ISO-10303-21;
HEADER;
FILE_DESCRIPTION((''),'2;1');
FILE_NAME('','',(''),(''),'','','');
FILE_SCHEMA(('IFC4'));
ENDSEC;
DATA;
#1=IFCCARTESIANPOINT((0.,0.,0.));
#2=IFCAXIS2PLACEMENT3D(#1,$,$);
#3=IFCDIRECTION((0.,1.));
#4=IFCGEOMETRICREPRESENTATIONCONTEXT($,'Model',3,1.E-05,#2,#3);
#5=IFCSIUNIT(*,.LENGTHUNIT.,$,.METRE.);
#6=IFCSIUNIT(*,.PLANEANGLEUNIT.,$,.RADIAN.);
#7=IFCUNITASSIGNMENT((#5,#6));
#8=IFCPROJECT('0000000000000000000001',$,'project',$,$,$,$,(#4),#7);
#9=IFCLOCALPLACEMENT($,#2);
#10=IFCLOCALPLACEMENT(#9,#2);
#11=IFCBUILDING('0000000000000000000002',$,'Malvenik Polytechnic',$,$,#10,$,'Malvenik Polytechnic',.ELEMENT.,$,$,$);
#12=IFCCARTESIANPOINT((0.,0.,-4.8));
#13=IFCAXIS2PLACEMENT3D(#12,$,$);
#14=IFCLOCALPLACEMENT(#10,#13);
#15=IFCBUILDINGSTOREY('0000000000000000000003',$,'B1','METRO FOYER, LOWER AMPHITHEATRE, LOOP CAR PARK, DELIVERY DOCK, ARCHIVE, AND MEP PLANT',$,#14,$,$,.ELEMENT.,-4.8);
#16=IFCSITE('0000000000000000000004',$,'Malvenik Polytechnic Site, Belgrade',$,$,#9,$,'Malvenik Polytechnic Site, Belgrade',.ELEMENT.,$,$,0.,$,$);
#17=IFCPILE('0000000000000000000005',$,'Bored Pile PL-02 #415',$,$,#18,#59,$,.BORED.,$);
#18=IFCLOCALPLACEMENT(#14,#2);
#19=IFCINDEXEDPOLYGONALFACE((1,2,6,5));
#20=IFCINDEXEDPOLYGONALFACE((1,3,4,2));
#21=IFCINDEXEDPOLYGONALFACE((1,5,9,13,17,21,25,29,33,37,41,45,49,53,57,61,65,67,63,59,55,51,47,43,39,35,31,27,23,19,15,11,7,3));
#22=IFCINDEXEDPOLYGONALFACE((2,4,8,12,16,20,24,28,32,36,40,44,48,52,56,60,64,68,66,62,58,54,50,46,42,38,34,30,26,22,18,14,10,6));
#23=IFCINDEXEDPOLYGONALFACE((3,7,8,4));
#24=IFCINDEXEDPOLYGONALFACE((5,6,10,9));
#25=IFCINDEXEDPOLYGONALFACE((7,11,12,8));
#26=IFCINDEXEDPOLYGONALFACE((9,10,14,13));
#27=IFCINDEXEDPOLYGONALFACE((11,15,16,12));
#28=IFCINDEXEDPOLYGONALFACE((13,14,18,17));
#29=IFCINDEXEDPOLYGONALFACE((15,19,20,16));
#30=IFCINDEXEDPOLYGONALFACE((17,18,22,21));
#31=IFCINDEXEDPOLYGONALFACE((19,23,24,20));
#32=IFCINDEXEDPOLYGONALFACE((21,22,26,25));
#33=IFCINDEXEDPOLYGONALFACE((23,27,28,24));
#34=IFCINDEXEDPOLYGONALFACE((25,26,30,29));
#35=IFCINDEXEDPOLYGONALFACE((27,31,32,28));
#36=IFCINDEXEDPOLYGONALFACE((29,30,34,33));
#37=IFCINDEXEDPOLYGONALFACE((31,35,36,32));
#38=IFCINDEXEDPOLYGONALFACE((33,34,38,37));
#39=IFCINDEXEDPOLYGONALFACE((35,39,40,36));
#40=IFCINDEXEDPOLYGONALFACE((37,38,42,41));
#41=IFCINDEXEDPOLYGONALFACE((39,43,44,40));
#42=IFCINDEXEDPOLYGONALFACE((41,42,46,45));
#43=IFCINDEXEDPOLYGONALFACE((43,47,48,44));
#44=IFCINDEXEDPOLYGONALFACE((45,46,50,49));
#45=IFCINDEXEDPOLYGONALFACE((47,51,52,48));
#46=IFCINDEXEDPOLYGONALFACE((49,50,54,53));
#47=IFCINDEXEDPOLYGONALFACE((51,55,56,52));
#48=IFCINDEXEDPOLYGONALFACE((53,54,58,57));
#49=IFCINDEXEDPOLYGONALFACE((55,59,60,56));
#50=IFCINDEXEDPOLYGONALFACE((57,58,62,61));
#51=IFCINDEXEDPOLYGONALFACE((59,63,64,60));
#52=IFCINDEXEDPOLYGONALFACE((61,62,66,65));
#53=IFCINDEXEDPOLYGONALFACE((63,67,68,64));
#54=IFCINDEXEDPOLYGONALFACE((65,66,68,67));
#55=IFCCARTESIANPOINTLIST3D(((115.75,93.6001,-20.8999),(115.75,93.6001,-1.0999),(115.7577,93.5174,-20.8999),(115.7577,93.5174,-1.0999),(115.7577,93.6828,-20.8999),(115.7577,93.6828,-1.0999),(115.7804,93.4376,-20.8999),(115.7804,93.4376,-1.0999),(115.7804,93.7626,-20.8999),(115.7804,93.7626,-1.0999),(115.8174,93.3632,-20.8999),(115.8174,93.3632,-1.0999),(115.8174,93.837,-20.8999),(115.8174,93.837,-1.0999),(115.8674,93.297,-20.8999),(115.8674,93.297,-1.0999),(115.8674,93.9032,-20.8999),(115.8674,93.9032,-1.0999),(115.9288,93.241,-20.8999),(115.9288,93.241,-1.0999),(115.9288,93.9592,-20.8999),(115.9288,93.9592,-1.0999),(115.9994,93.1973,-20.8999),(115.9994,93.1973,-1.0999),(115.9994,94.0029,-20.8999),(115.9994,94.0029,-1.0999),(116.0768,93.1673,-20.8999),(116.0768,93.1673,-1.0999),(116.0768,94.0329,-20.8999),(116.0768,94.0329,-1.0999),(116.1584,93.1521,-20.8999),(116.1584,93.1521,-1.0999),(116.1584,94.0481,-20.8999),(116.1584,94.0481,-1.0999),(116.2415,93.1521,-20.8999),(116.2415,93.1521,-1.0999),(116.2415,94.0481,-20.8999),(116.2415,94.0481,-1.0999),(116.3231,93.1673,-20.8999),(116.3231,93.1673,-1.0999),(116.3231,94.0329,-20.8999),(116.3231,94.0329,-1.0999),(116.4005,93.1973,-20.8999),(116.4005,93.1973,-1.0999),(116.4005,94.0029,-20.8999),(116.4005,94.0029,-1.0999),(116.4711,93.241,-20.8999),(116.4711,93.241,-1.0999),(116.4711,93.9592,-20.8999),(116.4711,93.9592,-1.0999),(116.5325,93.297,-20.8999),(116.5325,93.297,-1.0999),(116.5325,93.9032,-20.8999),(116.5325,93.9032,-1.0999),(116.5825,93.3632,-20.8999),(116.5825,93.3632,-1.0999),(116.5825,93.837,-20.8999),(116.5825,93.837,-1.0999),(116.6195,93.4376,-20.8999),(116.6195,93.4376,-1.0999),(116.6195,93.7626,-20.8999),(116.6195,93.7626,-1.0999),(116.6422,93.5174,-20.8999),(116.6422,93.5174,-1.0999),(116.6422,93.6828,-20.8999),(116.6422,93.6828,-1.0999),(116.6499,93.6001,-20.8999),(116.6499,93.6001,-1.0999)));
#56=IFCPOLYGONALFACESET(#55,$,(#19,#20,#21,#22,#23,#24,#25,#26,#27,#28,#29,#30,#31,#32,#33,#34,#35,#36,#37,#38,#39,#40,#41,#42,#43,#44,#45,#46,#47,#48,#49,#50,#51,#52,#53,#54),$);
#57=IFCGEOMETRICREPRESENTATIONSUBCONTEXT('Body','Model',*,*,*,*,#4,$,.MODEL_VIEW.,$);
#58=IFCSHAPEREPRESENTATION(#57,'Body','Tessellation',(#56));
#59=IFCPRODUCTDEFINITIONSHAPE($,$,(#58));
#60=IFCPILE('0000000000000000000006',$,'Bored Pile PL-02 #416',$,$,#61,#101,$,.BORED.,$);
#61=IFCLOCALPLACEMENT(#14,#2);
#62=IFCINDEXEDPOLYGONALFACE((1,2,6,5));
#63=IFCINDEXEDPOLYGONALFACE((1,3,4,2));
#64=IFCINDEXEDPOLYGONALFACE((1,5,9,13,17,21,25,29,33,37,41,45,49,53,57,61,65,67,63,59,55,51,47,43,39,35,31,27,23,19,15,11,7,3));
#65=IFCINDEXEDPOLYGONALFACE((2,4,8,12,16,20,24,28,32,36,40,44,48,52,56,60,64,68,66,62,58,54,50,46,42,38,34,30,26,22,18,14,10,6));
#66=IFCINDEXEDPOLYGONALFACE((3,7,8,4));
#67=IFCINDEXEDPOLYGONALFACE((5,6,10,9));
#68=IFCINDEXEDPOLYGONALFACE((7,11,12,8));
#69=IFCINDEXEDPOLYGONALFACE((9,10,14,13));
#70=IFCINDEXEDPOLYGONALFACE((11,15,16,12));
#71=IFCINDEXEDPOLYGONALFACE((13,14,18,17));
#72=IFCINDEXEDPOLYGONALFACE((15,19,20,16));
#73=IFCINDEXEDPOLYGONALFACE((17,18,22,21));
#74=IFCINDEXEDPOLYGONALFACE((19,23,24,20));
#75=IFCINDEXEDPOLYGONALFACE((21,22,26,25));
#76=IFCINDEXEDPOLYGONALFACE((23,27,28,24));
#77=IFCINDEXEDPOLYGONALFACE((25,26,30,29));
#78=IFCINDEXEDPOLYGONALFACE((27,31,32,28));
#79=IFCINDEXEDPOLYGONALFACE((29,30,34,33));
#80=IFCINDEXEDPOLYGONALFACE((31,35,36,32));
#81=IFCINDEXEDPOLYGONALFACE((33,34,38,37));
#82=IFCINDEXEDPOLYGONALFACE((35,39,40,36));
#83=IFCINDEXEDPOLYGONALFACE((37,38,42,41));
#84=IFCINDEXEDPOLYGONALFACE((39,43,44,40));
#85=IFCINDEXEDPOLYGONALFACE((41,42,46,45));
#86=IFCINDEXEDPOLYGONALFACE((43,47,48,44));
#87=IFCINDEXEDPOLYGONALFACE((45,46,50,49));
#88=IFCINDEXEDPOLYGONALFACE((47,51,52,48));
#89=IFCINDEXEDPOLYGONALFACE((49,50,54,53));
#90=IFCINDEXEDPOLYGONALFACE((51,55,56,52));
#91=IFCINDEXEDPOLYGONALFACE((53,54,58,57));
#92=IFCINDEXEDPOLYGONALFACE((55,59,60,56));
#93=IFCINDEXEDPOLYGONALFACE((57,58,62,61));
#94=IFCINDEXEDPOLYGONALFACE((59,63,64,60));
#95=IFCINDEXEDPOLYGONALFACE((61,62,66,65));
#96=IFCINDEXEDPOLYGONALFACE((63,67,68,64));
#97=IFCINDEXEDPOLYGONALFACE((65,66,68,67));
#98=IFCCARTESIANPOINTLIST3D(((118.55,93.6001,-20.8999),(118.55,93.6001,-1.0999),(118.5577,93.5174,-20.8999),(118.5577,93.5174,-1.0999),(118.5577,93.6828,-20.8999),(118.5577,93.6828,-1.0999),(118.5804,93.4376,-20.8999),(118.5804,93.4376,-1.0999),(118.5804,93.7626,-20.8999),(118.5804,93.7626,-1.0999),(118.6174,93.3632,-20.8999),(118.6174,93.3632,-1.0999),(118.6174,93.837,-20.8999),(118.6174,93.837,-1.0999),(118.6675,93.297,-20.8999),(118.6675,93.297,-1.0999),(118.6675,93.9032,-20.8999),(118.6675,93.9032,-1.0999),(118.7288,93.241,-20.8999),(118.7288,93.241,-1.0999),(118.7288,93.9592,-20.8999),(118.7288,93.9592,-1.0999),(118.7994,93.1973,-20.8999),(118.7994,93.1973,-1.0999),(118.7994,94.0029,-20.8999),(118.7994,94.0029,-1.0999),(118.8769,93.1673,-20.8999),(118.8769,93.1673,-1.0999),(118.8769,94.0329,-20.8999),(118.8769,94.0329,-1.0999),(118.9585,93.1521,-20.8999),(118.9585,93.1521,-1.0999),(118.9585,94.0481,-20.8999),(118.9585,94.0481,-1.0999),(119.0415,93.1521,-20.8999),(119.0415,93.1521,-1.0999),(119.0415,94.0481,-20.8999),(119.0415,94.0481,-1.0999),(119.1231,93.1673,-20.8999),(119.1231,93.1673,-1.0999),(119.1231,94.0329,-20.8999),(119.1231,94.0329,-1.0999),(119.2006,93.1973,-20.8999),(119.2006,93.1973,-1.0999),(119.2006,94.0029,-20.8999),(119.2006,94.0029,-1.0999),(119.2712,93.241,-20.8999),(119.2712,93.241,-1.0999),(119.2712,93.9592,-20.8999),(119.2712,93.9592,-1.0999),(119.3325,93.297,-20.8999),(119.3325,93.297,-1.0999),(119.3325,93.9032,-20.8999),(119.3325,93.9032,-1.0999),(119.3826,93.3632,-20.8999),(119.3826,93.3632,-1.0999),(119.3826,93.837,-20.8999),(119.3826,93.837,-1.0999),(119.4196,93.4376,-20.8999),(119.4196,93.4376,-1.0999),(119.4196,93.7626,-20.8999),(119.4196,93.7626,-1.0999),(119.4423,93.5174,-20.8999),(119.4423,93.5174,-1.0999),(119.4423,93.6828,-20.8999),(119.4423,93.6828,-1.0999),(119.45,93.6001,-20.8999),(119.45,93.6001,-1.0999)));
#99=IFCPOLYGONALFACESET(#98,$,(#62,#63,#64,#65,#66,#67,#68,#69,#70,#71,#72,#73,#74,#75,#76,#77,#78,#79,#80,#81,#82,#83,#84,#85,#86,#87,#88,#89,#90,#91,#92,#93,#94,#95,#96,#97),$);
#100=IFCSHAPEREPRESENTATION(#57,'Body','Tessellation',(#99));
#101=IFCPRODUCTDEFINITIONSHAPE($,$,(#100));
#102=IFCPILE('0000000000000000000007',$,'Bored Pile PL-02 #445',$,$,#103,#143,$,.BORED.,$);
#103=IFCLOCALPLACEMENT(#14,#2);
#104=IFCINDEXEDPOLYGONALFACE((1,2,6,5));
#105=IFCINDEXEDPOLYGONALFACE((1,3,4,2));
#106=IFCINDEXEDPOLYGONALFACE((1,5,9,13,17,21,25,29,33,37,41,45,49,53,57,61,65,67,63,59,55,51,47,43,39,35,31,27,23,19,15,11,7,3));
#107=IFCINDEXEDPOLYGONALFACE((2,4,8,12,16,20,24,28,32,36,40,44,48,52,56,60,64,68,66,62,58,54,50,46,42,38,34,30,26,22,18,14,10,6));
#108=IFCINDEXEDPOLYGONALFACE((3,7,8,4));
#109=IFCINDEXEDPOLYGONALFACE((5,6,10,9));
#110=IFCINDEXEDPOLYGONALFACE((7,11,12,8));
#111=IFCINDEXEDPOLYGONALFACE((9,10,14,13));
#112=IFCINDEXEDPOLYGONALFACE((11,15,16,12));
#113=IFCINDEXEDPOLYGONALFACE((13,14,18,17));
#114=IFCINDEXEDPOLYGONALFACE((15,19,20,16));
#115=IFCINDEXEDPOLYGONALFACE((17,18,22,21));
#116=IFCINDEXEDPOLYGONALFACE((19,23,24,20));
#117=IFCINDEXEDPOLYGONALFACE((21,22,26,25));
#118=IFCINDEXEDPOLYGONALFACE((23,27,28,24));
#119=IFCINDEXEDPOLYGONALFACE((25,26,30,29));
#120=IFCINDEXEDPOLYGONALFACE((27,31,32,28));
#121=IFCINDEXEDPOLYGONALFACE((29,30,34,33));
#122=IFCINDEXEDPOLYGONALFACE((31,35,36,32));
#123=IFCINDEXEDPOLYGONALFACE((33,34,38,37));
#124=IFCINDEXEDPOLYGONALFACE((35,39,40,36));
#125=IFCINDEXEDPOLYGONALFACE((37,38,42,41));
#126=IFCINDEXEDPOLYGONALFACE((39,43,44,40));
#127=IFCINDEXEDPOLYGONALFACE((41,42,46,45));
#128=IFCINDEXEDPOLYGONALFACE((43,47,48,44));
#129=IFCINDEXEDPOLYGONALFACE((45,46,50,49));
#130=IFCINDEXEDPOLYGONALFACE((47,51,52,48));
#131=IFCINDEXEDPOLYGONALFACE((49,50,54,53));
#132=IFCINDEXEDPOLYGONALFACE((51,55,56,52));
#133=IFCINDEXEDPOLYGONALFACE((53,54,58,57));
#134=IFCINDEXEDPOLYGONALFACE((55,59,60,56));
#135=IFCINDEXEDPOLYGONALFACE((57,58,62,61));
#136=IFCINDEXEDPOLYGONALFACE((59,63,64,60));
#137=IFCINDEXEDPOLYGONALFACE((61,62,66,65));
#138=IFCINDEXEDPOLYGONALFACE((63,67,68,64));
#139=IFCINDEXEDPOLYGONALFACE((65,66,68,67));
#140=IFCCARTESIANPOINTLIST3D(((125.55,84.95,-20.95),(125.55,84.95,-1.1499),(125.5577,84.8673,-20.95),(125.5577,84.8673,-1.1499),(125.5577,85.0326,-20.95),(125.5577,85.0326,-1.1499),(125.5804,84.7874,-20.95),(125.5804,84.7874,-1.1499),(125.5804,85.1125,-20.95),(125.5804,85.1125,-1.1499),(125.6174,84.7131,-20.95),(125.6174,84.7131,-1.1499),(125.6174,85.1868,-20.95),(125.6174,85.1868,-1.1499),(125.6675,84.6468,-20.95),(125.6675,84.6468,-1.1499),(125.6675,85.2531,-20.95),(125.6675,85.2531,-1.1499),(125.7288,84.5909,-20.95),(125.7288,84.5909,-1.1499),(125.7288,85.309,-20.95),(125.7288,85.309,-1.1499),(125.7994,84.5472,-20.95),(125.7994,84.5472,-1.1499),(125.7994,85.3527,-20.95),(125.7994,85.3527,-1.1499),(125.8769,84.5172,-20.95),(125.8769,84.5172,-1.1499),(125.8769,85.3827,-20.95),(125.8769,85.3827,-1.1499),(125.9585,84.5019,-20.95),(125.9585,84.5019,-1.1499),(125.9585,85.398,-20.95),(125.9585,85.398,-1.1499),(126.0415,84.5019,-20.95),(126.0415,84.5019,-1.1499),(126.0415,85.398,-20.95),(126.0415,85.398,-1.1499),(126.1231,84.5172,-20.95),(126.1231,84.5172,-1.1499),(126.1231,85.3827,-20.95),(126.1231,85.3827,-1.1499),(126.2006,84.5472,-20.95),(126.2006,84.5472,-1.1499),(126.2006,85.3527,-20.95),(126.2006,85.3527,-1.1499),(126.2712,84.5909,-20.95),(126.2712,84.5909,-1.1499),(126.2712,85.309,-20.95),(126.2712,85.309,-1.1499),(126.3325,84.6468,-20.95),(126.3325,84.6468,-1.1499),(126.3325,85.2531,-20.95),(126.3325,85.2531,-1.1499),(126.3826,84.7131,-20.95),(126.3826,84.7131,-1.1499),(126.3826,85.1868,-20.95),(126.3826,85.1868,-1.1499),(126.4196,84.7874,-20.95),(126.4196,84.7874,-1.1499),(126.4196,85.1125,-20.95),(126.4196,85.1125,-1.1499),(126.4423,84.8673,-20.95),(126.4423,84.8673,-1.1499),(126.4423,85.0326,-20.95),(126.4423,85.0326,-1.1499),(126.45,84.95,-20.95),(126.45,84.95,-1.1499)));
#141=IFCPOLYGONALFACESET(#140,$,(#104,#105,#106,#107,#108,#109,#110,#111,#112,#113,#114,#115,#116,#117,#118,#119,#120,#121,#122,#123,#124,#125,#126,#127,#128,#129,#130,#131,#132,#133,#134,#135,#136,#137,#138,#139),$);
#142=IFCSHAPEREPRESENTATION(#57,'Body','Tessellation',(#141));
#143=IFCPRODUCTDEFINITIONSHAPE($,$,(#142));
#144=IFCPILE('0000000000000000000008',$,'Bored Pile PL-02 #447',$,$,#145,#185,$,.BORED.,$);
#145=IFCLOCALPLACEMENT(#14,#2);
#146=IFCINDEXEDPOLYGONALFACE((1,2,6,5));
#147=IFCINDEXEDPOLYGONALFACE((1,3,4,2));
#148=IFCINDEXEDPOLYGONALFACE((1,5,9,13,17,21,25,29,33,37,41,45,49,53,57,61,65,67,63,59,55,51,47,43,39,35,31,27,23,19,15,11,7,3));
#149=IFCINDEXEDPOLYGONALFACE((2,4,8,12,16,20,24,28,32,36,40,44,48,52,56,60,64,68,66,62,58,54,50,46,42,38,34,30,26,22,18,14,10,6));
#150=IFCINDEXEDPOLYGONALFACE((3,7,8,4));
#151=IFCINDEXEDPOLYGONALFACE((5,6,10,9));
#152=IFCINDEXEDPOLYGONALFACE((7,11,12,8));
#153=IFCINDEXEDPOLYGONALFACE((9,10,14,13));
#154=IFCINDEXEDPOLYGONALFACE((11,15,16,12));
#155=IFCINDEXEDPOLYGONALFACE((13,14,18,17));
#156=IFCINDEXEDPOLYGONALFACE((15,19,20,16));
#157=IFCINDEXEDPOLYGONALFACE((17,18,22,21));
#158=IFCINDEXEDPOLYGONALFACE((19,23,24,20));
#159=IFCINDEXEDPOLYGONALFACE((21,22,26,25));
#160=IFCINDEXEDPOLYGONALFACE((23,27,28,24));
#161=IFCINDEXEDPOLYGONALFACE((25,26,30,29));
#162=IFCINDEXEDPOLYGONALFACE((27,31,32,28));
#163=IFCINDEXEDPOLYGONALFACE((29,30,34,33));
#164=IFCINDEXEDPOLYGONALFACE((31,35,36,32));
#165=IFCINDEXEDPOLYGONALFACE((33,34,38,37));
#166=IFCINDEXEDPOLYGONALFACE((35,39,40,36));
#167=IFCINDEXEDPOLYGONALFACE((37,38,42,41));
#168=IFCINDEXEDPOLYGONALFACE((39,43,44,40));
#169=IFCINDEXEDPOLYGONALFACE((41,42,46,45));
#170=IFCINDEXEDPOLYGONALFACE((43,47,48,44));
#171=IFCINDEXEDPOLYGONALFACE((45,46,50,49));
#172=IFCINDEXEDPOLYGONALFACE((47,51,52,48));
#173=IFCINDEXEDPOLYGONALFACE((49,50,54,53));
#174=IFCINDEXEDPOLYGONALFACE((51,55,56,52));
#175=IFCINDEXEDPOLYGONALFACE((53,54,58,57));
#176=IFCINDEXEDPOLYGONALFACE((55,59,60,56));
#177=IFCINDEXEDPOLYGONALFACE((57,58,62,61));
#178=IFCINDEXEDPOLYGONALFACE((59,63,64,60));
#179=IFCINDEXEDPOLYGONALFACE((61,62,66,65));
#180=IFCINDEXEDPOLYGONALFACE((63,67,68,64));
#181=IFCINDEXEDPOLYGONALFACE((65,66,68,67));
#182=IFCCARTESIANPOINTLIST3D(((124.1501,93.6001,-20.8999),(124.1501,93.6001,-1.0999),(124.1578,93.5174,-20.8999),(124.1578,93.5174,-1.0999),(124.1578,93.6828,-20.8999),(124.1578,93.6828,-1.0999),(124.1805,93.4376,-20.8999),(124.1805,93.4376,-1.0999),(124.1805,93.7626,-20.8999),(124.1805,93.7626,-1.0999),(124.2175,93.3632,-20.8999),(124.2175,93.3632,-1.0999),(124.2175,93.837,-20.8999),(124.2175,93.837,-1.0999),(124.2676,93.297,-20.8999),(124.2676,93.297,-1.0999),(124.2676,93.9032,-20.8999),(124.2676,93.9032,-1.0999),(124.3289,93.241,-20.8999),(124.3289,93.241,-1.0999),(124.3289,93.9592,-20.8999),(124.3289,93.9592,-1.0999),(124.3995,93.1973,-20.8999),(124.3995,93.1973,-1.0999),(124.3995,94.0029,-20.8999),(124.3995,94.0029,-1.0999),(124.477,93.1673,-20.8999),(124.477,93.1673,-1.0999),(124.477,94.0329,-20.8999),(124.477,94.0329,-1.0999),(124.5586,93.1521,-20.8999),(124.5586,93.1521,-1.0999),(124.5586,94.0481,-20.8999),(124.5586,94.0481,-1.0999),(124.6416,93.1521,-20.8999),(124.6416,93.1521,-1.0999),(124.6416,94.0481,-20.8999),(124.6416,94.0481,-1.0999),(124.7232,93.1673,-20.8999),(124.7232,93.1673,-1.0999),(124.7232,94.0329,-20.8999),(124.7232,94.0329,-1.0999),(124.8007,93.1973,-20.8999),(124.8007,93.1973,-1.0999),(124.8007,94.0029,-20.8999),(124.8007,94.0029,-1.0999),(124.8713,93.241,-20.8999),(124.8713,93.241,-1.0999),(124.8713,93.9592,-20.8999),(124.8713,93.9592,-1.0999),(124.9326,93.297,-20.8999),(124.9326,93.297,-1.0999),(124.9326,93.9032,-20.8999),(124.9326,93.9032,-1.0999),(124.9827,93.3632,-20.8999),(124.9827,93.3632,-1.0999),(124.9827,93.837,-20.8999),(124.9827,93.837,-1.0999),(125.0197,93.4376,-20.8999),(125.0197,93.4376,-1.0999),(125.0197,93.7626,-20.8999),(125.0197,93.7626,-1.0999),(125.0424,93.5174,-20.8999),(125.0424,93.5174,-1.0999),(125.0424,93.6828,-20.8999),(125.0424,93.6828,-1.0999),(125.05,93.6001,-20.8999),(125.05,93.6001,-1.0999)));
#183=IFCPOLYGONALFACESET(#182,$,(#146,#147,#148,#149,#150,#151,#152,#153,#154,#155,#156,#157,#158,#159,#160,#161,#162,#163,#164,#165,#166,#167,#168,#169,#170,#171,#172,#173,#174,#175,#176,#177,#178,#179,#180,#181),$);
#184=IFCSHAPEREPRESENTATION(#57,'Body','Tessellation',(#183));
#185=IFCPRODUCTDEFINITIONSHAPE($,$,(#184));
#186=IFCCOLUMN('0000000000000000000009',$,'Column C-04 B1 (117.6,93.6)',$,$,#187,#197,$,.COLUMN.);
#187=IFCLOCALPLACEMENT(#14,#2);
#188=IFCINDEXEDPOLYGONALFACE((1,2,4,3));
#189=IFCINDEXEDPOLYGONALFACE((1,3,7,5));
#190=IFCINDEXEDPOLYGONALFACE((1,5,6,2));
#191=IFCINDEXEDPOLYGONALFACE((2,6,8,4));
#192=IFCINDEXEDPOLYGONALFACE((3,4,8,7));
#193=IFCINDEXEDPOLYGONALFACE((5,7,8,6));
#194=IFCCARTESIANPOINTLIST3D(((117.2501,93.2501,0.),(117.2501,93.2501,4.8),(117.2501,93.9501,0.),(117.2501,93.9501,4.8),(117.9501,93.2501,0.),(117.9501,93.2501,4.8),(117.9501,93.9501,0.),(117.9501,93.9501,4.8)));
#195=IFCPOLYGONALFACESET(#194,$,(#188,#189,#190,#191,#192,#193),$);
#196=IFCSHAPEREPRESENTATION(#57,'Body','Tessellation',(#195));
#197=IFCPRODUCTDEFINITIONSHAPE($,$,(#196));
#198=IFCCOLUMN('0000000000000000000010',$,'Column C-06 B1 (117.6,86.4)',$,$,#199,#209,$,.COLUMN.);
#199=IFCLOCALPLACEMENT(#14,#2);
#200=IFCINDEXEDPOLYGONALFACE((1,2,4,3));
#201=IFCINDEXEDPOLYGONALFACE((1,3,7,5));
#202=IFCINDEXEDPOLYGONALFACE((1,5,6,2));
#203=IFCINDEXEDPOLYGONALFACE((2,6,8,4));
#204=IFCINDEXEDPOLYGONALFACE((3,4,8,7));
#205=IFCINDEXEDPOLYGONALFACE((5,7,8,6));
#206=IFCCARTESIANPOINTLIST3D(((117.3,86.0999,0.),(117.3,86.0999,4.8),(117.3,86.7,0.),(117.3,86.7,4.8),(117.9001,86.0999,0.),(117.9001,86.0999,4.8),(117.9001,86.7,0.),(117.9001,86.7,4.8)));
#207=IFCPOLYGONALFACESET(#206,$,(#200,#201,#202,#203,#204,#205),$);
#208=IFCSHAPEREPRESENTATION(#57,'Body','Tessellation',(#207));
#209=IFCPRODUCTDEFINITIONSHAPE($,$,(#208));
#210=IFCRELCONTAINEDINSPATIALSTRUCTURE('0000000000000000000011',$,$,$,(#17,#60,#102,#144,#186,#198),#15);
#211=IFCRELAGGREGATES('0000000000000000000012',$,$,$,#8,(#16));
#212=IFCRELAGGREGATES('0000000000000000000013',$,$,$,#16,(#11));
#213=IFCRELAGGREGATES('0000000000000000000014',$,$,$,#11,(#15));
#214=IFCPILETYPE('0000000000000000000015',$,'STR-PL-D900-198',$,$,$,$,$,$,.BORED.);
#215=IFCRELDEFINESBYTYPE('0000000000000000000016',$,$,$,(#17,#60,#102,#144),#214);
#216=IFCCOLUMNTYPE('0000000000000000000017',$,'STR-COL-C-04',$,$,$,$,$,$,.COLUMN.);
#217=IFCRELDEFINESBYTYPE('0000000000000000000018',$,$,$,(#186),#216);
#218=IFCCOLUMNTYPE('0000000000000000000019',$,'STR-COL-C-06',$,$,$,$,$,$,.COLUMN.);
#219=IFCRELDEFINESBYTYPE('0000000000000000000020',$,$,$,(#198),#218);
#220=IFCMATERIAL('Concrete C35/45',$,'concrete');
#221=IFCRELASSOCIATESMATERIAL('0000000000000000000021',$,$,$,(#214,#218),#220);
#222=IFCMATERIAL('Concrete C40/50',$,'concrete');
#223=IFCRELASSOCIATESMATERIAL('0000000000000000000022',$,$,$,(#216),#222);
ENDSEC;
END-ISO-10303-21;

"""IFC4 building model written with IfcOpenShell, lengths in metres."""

from ifc_helpers import new_model, si_unit, direction, frame, origin, origin_2d, place, context, subcontext, project, spatial, rectangle, circle, extrude, material, material_profile, profile_set, type_object, element, save


model = new_model("IFC4")

# Units and contexts
model_context = context("Model", 3, precision=1e-05, world=origin(), true_north=direction((0.0, 1.0)))
body_context = subcontext(model_context, "Body", "Model", "MODEL_VIEW")
ifc_project = project(units=[si_unit("LENGTHUNIT", "METRE"), si_unit("PLANEANGLEUNIT", "RADIAN")], contexts=[model_context])

# Site, building, storey
site_placement = place(None, origin())
site = spatial("IfcSite", under=ifc_project, at=site_placement, Name="Malvenik Polytechnic Site, Belgrade", LongName="Malvenik Polytechnic Site, Belgrade", CompositionType="ELEMENT", RefElevation=0.0)
building_placement = place(site_placement, origin())
building = spatial("IfcBuilding", under=site, at=building_placement, Name="Malvenik Polytechnic", LongName="Malvenik Polytechnic", CompositionType="ELEMENT")
storey_placement = place(building_placement, frame((0.0, 0.0, -4.8)))
storey = spatial("IfcBuildingStorey", under=building, at=storey_placement, Name="B1", Description="METRO FOYER, LOWER AMPHITHEATRE, LOOP CAR PARK, DELIVERY DOCK, ARCHIVE, AND MEP PLANT", CompositionType="ELEMENT", Elevation=-4.8)

# Shared definitions
ifc_material_1 = material(Name="Concrete C35/45", Category="concrete")

# Piles
ifc_material_profile_1 = material_profile(ifc_material_1, circle(Radius=0.45, at=origin_2d()), Name="BORED PILE D900")
ifc_profile_set_1 = profile_set([ifc_material_profile_1], Name="Concrete C35/45")
pile_type = type_object("IfcPileType", Name="STR-PL-D900-198", PredefinedType="BORED", material=ifc_profile_set_1)
for number, where, z_axis, x_axis, name in (
    (1, (116.2, 93.6001, -1.0999), (0.0, 0.0, -1.0), (1.0, 0.0, 0.0), "Bored Pile PL-02 #415"),
    (2, (119.0, 93.6001, -1.0999), (0.0, 0.0, -1.0), (1.0, 0.0, 0.0), "Bored Pile PL-02 #416"),
    (3, (126.0, 84.95, -1.1499), (0.0, 0.0, -1.0), (1.0, 0.0, 0.0), "Bored Pile PL-02 #445"),
    (4, (124.6001, 93.6001, -1.0999), (0.0, 0.0, -1.0), (1.0, 0.0, 0.0), "Bored Pile PL-02 #447"),
):
    element("IfcPile", number, at=place(storey_placement, frame(where, z_axis=z_axis, x_axis=x_axis)), inside=storey, type_object=pile_type, Name=name, PredefinedType="BORED", context=body_context, shape_type="SweptSolid", body=[
        extrude(circle(Radius=0.45, at=origin_2d()), origin(), (0.0, 0.0, 1.0), 19.8),
    ])

# Columns
ifc_material_2 = material(Name="Concrete C40/50", Category="concrete")
ifc_material_profile_2 = material_profile(ifc_material_2, rectangle(XDim=0.7, YDim=0.7, at=origin_2d()), Name="RC COL 700x700")
ifc_profile_set_2 = profile_set([ifc_material_profile_2], Name="Concrete C40/50")
column_type_1 = type_object("IfcColumnType", Name="STR-COL-C-04", PredefinedType="COLUMN", material=ifc_profile_set_2)
column_placement = place(storey_placement, frame((117.6001, 93.6001, 0.0), z_axis=(0.0, 0.0, 1.0), x_axis=(1.0, 0.0, 0.0)))
element("IfcColumn", 5, at=column_placement, inside=storey, type_object=column_type_1, Name="Column C-04 B1 (117.6,93.6)", PredefinedType="COLUMN", context=body_context, shape_type="SweptSolid", body=[
    extrude(rectangle(XDim=0.7, YDim=0.7, at=origin_2d()), origin(), (0.0, 0.0, 1.0), 4.8),
])
ifc_material_profile_3 = material_profile(ifc_material_1, rectangle(XDim=0.6001, YDim=0.6001, at=origin_2d()), Name="RC COL 600x600")
ifc_profile_set_3 = profile_set([ifc_material_profile_3], Name="Concrete C35/45")
column_type_2 = type_object("IfcColumnType", Name="STR-COL-C-06", PredefinedType="COLUMN", material=ifc_profile_set_3)
for number, where, z_axis, x_axis, name in (
    (6, (117.6001, 86.3999, 0.0), (0.0, 0.0, 1.0), (1.0, 0.0, 0.0), "Column C-06 B1 (117.6,86.4)"),
):
    element("IfcColumn", number, at=place(storey_placement, frame(where, z_axis=z_axis, x_axis=x_axis)), inside=storey, type_object=column_type_2, Name=name, PredefinedType="COLUMN", context=body_context, shape_type="SweptSolid", body=[
        extrude(rectangle(XDim=0.6001, YDim=0.6001, at=origin_2d()), origin(), (0.0, 0.0, 1.0), 4.8),
    ])

save(model, "model.ifc")
